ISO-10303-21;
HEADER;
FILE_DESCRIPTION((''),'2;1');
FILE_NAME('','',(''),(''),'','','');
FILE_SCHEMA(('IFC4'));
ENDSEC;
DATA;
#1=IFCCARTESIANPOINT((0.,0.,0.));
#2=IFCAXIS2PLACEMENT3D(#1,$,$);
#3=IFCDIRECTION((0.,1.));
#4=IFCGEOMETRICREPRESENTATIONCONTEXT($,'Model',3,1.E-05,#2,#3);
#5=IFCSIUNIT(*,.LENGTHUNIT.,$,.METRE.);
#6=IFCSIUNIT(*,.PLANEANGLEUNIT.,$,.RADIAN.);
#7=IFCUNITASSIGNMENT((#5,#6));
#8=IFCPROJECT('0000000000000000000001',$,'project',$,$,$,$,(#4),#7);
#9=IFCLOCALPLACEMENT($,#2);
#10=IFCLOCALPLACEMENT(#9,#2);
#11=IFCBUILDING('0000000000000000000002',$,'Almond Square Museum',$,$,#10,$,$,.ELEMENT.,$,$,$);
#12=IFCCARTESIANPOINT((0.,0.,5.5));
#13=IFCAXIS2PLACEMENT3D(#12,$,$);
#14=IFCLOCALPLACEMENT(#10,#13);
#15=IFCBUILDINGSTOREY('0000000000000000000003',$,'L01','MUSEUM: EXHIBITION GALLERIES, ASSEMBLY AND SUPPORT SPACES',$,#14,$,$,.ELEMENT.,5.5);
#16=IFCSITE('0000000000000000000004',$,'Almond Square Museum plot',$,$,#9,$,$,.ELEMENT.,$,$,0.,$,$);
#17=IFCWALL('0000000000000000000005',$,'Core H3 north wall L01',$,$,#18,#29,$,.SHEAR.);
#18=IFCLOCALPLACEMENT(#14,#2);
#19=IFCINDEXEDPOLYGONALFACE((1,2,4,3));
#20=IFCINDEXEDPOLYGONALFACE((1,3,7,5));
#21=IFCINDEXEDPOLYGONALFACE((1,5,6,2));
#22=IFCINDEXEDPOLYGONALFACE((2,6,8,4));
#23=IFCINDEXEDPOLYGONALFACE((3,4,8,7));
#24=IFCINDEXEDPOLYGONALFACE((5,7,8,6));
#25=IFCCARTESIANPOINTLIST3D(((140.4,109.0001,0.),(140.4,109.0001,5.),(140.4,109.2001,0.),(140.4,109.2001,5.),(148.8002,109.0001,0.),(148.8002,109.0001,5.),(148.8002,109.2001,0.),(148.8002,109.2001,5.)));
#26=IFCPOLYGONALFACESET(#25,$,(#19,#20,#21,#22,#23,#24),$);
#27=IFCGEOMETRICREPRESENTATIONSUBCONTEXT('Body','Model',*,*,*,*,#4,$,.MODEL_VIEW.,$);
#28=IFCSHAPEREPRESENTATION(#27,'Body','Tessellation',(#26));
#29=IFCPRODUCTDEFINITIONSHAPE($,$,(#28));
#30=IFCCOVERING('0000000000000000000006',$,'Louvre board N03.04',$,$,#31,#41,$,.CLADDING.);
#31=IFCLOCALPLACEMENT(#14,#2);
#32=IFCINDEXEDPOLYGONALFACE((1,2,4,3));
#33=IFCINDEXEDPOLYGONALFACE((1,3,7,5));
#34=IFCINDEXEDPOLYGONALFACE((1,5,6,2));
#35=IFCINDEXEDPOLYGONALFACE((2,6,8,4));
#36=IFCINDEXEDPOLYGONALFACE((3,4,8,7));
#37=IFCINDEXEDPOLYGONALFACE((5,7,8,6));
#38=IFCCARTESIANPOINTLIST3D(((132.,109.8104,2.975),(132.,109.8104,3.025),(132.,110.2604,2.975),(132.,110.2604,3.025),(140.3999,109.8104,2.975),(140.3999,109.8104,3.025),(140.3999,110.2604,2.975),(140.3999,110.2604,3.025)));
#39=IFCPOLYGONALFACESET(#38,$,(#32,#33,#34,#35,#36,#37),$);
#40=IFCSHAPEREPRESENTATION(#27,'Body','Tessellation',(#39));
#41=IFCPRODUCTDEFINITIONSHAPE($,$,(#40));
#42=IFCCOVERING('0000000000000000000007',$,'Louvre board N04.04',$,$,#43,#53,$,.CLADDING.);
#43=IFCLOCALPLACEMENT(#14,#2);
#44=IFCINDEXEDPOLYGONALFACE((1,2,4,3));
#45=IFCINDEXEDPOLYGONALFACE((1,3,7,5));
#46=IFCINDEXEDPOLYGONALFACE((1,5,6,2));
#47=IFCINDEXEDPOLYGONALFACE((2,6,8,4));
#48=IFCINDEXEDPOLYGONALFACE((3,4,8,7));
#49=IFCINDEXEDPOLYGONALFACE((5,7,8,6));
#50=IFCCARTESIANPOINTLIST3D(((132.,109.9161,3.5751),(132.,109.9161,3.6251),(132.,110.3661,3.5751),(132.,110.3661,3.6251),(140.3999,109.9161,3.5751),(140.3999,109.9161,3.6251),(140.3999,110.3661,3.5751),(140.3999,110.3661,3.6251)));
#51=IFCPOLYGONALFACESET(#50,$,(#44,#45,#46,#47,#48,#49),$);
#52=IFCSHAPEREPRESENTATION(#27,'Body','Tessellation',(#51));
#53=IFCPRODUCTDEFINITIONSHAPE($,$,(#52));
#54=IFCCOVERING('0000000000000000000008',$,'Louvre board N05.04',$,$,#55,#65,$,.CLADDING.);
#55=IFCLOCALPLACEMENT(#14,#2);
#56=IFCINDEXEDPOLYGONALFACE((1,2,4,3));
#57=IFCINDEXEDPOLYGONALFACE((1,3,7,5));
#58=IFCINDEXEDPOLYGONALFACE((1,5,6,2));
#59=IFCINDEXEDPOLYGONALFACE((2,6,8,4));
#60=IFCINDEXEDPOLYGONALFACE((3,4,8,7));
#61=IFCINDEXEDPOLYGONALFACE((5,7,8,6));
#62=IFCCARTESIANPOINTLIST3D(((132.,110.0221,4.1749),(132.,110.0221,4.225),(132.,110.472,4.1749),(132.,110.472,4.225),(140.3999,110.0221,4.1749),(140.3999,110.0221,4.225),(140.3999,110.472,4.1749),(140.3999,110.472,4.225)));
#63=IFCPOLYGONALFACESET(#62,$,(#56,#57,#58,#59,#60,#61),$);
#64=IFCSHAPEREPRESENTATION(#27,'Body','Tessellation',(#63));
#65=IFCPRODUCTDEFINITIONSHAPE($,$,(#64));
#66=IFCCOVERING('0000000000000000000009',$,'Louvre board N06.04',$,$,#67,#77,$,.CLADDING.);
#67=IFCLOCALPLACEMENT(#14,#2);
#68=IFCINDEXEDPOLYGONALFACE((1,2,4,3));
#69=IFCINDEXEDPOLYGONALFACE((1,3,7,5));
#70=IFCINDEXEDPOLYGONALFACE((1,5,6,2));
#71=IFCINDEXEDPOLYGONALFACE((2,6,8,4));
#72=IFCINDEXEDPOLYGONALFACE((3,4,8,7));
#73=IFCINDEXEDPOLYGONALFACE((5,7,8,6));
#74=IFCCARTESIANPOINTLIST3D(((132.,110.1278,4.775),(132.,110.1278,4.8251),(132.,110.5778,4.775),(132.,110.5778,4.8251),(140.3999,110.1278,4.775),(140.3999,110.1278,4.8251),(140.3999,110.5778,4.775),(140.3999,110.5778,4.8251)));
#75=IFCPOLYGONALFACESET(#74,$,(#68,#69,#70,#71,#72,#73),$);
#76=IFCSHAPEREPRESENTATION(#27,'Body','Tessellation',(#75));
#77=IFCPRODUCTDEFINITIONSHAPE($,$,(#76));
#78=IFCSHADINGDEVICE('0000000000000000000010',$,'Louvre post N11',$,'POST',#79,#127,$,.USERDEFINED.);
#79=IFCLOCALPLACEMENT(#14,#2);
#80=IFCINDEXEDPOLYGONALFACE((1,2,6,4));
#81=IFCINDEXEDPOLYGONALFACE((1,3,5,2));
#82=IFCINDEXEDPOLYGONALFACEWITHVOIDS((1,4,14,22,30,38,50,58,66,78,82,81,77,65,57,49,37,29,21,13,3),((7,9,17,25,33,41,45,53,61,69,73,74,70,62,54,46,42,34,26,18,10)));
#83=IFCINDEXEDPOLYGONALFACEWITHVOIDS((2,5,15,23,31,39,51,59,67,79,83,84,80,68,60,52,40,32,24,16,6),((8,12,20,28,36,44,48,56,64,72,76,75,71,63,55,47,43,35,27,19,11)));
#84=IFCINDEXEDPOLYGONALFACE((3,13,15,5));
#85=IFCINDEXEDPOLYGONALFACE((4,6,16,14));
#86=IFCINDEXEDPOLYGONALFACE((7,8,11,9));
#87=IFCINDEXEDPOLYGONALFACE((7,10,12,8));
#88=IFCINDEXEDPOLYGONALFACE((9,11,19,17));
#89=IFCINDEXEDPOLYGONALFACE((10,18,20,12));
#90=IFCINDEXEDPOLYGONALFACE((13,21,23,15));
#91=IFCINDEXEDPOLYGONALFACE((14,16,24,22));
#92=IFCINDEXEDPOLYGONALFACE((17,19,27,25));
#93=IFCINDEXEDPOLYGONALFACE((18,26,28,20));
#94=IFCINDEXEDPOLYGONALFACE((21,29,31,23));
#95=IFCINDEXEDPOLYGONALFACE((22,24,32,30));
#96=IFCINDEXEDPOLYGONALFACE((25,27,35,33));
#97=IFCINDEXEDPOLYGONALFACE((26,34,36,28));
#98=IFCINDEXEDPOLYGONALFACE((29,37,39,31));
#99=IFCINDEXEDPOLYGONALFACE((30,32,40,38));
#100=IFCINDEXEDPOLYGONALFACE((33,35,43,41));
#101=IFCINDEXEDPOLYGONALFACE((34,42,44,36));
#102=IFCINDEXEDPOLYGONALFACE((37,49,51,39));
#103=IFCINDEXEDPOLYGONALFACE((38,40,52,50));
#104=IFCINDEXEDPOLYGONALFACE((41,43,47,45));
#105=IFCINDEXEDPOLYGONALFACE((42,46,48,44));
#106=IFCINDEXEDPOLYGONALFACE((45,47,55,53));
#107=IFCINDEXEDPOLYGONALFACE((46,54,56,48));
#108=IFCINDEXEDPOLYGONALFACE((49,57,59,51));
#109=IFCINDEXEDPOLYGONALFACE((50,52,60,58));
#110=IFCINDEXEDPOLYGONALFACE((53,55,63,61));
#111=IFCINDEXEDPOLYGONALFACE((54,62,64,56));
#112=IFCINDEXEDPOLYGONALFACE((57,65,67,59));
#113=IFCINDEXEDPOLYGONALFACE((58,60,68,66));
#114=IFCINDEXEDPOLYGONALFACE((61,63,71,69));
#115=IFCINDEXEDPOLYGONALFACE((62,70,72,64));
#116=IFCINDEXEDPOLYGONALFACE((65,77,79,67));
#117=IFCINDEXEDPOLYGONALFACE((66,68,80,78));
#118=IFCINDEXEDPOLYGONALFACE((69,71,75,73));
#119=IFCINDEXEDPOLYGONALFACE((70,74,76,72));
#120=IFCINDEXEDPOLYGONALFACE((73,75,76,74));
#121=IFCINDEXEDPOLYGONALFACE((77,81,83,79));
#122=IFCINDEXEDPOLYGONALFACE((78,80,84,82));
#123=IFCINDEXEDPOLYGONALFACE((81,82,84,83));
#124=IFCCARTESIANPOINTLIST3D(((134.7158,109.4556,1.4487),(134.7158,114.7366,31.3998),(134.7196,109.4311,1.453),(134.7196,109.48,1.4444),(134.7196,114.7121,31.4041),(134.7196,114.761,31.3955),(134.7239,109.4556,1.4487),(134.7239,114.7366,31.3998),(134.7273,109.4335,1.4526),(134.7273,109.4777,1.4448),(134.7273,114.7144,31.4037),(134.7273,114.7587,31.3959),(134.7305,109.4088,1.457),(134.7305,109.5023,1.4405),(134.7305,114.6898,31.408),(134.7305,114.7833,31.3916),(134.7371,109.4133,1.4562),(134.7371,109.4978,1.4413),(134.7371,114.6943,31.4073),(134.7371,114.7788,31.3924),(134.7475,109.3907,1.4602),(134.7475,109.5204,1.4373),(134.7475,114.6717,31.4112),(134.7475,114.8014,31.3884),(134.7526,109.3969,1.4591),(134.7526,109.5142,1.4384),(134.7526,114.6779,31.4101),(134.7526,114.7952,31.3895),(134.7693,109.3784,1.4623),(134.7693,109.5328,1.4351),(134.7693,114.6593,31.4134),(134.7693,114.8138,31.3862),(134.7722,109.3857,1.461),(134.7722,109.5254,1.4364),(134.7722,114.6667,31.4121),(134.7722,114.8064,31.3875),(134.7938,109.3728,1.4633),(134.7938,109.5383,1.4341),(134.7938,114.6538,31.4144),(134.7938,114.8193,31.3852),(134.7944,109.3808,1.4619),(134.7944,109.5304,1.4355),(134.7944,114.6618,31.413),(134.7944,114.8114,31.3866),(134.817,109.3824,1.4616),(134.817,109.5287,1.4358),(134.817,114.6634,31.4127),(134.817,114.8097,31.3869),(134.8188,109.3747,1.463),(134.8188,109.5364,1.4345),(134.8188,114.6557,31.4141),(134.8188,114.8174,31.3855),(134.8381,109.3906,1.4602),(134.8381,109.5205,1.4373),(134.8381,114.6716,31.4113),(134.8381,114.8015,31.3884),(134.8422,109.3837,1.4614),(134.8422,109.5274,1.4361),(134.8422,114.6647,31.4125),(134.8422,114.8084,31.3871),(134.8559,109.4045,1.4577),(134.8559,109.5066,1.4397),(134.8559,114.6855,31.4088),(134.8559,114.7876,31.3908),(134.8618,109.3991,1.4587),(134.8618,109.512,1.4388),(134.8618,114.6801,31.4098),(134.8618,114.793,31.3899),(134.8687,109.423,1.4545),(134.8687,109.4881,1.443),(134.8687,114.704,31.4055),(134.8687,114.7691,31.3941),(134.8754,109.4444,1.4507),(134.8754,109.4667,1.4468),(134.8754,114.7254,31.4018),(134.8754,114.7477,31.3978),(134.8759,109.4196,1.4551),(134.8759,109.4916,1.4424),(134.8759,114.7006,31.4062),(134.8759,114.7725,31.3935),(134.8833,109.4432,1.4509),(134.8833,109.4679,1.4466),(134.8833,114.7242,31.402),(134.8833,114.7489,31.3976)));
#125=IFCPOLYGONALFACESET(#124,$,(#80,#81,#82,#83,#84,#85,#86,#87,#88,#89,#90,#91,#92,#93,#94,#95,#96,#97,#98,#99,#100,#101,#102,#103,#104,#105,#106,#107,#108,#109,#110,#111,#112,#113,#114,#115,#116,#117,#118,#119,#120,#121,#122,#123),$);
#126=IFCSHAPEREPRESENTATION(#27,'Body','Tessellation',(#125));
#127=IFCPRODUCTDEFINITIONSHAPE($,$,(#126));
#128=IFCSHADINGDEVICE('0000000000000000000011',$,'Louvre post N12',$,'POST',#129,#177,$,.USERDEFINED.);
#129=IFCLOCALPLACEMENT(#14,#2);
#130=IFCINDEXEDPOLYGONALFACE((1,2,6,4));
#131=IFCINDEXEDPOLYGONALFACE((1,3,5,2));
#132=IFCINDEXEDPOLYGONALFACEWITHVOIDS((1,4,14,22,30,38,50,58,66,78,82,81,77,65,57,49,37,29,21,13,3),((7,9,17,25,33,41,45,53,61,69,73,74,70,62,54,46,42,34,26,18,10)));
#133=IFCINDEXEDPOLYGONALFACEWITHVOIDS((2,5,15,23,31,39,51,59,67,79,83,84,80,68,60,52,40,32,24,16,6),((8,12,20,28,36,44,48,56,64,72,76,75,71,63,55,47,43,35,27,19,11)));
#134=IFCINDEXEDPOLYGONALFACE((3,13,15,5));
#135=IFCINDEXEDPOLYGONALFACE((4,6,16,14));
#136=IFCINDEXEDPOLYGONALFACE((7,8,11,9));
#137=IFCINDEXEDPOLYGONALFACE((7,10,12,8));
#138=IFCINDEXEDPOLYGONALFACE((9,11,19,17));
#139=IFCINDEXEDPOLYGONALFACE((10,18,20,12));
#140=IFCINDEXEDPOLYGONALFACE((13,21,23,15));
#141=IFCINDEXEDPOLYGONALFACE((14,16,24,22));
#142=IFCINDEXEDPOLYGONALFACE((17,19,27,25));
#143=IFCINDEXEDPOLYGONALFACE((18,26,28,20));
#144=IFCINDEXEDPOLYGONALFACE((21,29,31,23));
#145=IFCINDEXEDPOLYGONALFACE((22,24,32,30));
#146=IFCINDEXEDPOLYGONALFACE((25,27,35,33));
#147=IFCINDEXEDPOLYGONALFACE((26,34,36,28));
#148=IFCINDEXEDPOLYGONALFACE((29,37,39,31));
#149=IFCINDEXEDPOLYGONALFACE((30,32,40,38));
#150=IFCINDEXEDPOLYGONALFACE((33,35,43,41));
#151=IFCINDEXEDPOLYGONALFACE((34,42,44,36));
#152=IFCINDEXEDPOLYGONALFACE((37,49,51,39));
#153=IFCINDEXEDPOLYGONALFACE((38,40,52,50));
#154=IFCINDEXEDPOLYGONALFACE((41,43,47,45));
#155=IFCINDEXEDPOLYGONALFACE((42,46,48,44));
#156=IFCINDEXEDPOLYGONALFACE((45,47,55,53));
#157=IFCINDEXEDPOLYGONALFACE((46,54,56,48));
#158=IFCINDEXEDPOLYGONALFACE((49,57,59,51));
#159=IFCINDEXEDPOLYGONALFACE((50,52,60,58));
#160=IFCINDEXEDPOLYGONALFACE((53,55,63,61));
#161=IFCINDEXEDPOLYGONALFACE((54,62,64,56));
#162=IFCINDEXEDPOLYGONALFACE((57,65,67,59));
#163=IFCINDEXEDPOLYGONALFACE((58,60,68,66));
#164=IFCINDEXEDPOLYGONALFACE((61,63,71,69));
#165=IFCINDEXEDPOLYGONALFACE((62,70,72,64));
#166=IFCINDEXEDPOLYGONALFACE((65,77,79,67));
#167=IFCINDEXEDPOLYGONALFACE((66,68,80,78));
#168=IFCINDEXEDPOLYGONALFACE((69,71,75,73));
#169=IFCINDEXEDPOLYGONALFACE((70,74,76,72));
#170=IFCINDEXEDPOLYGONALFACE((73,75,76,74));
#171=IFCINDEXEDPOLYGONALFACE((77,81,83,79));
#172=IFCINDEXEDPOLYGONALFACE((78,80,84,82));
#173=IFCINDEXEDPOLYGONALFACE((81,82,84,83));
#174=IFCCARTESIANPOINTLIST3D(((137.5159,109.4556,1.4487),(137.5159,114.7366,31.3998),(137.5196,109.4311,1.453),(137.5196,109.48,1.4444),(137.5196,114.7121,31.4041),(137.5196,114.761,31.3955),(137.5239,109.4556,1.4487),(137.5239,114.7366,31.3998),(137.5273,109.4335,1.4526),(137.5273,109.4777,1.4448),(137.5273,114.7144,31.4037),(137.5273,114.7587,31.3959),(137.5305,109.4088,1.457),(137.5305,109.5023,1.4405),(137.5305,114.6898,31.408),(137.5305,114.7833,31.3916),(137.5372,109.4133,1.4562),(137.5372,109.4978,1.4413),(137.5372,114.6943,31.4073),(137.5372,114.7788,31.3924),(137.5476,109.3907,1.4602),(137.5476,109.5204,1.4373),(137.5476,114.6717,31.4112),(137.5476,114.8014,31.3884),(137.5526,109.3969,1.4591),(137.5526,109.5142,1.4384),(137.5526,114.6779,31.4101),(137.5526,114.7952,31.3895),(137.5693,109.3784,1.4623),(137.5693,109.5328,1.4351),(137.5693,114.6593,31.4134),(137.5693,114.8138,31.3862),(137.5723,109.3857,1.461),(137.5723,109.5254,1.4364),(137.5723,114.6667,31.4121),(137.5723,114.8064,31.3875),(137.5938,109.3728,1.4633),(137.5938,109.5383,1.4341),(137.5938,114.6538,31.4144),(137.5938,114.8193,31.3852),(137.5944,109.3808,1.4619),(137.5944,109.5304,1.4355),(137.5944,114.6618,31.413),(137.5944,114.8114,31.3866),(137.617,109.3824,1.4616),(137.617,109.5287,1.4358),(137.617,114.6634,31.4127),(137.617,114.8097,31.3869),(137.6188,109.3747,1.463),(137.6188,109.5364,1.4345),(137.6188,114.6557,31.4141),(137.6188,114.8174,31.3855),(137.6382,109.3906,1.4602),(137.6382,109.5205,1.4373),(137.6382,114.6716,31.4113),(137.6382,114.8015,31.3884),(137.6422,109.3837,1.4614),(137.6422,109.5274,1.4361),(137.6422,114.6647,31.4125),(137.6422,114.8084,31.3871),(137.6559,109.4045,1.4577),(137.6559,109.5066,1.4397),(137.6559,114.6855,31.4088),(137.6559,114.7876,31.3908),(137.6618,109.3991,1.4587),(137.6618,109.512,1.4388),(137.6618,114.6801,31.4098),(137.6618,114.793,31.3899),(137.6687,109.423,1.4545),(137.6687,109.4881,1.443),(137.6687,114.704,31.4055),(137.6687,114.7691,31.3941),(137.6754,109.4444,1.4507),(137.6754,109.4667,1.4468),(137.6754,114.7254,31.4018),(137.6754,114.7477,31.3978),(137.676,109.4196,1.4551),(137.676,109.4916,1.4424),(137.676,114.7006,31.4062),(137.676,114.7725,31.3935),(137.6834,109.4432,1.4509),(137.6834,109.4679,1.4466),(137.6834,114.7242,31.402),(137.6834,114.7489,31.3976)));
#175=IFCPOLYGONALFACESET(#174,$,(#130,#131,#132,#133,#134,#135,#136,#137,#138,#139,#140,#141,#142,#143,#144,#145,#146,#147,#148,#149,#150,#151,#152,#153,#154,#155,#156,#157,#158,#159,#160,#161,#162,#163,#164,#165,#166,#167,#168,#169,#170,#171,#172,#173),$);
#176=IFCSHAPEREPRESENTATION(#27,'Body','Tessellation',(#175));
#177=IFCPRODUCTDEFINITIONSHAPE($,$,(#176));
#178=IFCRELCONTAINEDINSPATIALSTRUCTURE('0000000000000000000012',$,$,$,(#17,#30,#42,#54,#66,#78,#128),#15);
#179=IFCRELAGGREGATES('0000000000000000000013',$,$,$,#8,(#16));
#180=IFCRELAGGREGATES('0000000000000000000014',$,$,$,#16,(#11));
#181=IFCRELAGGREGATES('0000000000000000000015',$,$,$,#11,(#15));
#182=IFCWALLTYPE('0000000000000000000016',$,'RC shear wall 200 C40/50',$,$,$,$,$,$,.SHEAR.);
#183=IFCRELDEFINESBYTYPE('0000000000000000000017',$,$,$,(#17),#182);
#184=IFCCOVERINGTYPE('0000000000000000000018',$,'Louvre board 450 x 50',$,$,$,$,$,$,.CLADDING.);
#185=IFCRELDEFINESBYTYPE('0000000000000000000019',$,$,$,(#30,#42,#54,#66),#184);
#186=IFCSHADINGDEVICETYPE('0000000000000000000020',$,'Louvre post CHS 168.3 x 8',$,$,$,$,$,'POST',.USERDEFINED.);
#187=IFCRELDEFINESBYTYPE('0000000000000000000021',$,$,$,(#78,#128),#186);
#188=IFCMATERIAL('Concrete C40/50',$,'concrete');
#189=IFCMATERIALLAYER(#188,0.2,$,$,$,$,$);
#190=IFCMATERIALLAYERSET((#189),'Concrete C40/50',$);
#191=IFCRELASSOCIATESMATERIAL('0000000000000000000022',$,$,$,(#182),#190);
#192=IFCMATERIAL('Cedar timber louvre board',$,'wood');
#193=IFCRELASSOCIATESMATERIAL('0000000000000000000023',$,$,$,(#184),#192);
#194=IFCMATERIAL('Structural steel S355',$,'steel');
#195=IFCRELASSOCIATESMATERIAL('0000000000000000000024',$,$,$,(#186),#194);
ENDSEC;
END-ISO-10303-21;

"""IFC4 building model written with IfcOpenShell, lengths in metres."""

from ifc_helpers import new_model, si_unit, direction, frame, frame_2d, origin, origin_2d, place, context, subcontext, project, spatial, rectangle, hollow_circle, extrude, material, layer, layer_set, material_profile, profile_set, type_object, element, save


model = new_model("IFC4")

# Units and contexts
model_context = context("Model", 3, precision=1e-05, world=origin(), true_north=direction((0.0, 1.0)))
body_context = subcontext(model_context, "Body", "Model", "MODEL_VIEW")
ifc_project = project(units=[si_unit("LENGTHUNIT", "METRE"), si_unit("PLANEANGLEUNIT", "RADIAN")], contexts=[model_context])

# Site, building, storey
site_placement = place(None, origin())
site = spatial("IfcSite", under=ifc_project, at=site_placement, Name="Almond Square Museum plot", CompositionType="ELEMENT", RefElevation=0.0)
building_placement = place(site_placement, origin())
building = spatial("IfcBuilding", under=site, at=building_placement, Name="Almond Square Museum", CompositionType="ELEMENT")
storey_placement = place(building_placement, frame((0.0, 0.0, 5.5)))
storey = spatial("IfcBuildingStorey", under=building, at=storey_placement, Name="L01", Description="MUSEUM: EXHIBITION GALLERIES, ASSEMBLY AND SUPPORT SPACES", CompositionType="ELEMENT", Elevation=5.5)

# Wall
ifc_material_1 = material(Name="Concrete C40/50", Category="concrete")
ifc_layer_1 = layer(ifc_material_1, 0.2)
ifc_layer_set_1 = layer_set([ifc_layer_1], Name="Concrete C40/50")
wall_type = type_object("IfcWallType", Name="RC shear wall 200 C40/50", PredefinedType="SHEAR", material=ifc_layer_set_1)
wall_placement = place(storey_placement, frame((140.3999, 109.1001, 0.0), z_axis=(0.0, 0.0, 1.0), x_axis=(1.0, 0.0, 0.0)))
element("IfcWall", 1, at=wall_placement, inside=storey, type_object=wall_type, Name="Core H3 north wall L01", PredefinedType="SHEAR", context=body_context, shape_type="SweptSolid", body=[
    extrude(rectangle(XDim=8.4001, YDim=0.2, at=frame_2d((4.2002, 0.0))), origin(), (0.0, 0.0, 1.0), 5.0),
])

# Coverings
ifc_material_2 = material(Name="Cedar timber louvre board", Category="wood")
ifc_material_profile_1 = material_profile(ifc_material_2, rectangle(XDim=0.45, YDim=0.05, at=origin_2d()))
ifc_profile_set_1 = profile_set([ifc_material_profile_1], Name="Cedar timber louvre board")
covering_type_1 = type_object("IfcCoveringType", Name="Louvre board 450 x 50", PredefinedType="CLADDING", material=ifc_profile_set_1)
for number, where, z_axis, x_axis, name in (
    (2, (132.0, 110.0354, 3.0), (1.0, 0.0, 0.0), (0.0, 1.0, 0.0), "Louvre board N03.04"),
    (3, (132.0, 110.1411, 3.6001), (1.0, 0.0, 0.0), (0.0, 1.0, 0.0), "Louvre board N04.04"),
    (4, (132.0, 110.2471, 4.2), (1.0, 0.0, 0.0), (0.0, 1.0, 0.0), "Louvre board N05.04"),
    (5, (132.0, 110.3528, 4.8), (1.0, 0.0, 0.0), (0.0, 1.0, 0.0), "Louvre board N06.04"),
):
    element("IfcCovering", number, at=place(storey_placement, frame(where, z_axis=z_axis, x_axis=x_axis)), inside=storey, type_object=covering_type_1, Name=name, PredefinedType="CLADDING", context=body_context, shape_type="SweptSolid", body=[
        extrude(rectangle(XDim=0.45, YDim=0.05, at=origin_2d()), origin(), (0.0, 0.0, 1.0), 8.3999),
    ])

# Shading devices
ifc_material_3 = material(Name="Structural steel S355", Category="steel")
ifc_material_profile_2 = material_profile(ifc_material_3, hollow_circle(Radius=0.0842, WallThickness=0.0081, at=origin_2d()))
ifc_profile_set_2 = profile_set([ifc_material_profile_2], Name="Structural steel S355")
shading_device_type = type_object("IfcShadingDeviceType", Name="Louvre post CHS 168.3 x 8", ElementType="POST", PredefinedType="USERDEFINED", material=ifc_profile_set_2)
for number, where, z_axis, x_axis, name in (
    (6, (134.8, 109.4556, 1.4487), (0.0, 0.173642, 0.984809), (-1.0, 0.0, 0.0), "Louvre post N11"),
    (7, (137.6001, 109.4556, 1.4487), (0.0, 0.173642, 0.984809), (-1.0, 0.0, 0.0), "Louvre post N12"),
):
    element("IfcShadingDevice", number, at=place(storey_placement, frame(where, z_axis=z_axis, x_axis=x_axis)), inside=storey, type_object=shading_device_type, Name=name, ObjectType="POST", PredefinedType="USERDEFINED", context=body_context, shape_type="SweptSolid", body=[
        extrude(hollow_circle(Radius=0.0842, WallThickness=0.0081, at=origin_2d()), origin(), (0.0, 0.0, 1.0), 30.4131),
    ])

save(model, "model.ifc")
